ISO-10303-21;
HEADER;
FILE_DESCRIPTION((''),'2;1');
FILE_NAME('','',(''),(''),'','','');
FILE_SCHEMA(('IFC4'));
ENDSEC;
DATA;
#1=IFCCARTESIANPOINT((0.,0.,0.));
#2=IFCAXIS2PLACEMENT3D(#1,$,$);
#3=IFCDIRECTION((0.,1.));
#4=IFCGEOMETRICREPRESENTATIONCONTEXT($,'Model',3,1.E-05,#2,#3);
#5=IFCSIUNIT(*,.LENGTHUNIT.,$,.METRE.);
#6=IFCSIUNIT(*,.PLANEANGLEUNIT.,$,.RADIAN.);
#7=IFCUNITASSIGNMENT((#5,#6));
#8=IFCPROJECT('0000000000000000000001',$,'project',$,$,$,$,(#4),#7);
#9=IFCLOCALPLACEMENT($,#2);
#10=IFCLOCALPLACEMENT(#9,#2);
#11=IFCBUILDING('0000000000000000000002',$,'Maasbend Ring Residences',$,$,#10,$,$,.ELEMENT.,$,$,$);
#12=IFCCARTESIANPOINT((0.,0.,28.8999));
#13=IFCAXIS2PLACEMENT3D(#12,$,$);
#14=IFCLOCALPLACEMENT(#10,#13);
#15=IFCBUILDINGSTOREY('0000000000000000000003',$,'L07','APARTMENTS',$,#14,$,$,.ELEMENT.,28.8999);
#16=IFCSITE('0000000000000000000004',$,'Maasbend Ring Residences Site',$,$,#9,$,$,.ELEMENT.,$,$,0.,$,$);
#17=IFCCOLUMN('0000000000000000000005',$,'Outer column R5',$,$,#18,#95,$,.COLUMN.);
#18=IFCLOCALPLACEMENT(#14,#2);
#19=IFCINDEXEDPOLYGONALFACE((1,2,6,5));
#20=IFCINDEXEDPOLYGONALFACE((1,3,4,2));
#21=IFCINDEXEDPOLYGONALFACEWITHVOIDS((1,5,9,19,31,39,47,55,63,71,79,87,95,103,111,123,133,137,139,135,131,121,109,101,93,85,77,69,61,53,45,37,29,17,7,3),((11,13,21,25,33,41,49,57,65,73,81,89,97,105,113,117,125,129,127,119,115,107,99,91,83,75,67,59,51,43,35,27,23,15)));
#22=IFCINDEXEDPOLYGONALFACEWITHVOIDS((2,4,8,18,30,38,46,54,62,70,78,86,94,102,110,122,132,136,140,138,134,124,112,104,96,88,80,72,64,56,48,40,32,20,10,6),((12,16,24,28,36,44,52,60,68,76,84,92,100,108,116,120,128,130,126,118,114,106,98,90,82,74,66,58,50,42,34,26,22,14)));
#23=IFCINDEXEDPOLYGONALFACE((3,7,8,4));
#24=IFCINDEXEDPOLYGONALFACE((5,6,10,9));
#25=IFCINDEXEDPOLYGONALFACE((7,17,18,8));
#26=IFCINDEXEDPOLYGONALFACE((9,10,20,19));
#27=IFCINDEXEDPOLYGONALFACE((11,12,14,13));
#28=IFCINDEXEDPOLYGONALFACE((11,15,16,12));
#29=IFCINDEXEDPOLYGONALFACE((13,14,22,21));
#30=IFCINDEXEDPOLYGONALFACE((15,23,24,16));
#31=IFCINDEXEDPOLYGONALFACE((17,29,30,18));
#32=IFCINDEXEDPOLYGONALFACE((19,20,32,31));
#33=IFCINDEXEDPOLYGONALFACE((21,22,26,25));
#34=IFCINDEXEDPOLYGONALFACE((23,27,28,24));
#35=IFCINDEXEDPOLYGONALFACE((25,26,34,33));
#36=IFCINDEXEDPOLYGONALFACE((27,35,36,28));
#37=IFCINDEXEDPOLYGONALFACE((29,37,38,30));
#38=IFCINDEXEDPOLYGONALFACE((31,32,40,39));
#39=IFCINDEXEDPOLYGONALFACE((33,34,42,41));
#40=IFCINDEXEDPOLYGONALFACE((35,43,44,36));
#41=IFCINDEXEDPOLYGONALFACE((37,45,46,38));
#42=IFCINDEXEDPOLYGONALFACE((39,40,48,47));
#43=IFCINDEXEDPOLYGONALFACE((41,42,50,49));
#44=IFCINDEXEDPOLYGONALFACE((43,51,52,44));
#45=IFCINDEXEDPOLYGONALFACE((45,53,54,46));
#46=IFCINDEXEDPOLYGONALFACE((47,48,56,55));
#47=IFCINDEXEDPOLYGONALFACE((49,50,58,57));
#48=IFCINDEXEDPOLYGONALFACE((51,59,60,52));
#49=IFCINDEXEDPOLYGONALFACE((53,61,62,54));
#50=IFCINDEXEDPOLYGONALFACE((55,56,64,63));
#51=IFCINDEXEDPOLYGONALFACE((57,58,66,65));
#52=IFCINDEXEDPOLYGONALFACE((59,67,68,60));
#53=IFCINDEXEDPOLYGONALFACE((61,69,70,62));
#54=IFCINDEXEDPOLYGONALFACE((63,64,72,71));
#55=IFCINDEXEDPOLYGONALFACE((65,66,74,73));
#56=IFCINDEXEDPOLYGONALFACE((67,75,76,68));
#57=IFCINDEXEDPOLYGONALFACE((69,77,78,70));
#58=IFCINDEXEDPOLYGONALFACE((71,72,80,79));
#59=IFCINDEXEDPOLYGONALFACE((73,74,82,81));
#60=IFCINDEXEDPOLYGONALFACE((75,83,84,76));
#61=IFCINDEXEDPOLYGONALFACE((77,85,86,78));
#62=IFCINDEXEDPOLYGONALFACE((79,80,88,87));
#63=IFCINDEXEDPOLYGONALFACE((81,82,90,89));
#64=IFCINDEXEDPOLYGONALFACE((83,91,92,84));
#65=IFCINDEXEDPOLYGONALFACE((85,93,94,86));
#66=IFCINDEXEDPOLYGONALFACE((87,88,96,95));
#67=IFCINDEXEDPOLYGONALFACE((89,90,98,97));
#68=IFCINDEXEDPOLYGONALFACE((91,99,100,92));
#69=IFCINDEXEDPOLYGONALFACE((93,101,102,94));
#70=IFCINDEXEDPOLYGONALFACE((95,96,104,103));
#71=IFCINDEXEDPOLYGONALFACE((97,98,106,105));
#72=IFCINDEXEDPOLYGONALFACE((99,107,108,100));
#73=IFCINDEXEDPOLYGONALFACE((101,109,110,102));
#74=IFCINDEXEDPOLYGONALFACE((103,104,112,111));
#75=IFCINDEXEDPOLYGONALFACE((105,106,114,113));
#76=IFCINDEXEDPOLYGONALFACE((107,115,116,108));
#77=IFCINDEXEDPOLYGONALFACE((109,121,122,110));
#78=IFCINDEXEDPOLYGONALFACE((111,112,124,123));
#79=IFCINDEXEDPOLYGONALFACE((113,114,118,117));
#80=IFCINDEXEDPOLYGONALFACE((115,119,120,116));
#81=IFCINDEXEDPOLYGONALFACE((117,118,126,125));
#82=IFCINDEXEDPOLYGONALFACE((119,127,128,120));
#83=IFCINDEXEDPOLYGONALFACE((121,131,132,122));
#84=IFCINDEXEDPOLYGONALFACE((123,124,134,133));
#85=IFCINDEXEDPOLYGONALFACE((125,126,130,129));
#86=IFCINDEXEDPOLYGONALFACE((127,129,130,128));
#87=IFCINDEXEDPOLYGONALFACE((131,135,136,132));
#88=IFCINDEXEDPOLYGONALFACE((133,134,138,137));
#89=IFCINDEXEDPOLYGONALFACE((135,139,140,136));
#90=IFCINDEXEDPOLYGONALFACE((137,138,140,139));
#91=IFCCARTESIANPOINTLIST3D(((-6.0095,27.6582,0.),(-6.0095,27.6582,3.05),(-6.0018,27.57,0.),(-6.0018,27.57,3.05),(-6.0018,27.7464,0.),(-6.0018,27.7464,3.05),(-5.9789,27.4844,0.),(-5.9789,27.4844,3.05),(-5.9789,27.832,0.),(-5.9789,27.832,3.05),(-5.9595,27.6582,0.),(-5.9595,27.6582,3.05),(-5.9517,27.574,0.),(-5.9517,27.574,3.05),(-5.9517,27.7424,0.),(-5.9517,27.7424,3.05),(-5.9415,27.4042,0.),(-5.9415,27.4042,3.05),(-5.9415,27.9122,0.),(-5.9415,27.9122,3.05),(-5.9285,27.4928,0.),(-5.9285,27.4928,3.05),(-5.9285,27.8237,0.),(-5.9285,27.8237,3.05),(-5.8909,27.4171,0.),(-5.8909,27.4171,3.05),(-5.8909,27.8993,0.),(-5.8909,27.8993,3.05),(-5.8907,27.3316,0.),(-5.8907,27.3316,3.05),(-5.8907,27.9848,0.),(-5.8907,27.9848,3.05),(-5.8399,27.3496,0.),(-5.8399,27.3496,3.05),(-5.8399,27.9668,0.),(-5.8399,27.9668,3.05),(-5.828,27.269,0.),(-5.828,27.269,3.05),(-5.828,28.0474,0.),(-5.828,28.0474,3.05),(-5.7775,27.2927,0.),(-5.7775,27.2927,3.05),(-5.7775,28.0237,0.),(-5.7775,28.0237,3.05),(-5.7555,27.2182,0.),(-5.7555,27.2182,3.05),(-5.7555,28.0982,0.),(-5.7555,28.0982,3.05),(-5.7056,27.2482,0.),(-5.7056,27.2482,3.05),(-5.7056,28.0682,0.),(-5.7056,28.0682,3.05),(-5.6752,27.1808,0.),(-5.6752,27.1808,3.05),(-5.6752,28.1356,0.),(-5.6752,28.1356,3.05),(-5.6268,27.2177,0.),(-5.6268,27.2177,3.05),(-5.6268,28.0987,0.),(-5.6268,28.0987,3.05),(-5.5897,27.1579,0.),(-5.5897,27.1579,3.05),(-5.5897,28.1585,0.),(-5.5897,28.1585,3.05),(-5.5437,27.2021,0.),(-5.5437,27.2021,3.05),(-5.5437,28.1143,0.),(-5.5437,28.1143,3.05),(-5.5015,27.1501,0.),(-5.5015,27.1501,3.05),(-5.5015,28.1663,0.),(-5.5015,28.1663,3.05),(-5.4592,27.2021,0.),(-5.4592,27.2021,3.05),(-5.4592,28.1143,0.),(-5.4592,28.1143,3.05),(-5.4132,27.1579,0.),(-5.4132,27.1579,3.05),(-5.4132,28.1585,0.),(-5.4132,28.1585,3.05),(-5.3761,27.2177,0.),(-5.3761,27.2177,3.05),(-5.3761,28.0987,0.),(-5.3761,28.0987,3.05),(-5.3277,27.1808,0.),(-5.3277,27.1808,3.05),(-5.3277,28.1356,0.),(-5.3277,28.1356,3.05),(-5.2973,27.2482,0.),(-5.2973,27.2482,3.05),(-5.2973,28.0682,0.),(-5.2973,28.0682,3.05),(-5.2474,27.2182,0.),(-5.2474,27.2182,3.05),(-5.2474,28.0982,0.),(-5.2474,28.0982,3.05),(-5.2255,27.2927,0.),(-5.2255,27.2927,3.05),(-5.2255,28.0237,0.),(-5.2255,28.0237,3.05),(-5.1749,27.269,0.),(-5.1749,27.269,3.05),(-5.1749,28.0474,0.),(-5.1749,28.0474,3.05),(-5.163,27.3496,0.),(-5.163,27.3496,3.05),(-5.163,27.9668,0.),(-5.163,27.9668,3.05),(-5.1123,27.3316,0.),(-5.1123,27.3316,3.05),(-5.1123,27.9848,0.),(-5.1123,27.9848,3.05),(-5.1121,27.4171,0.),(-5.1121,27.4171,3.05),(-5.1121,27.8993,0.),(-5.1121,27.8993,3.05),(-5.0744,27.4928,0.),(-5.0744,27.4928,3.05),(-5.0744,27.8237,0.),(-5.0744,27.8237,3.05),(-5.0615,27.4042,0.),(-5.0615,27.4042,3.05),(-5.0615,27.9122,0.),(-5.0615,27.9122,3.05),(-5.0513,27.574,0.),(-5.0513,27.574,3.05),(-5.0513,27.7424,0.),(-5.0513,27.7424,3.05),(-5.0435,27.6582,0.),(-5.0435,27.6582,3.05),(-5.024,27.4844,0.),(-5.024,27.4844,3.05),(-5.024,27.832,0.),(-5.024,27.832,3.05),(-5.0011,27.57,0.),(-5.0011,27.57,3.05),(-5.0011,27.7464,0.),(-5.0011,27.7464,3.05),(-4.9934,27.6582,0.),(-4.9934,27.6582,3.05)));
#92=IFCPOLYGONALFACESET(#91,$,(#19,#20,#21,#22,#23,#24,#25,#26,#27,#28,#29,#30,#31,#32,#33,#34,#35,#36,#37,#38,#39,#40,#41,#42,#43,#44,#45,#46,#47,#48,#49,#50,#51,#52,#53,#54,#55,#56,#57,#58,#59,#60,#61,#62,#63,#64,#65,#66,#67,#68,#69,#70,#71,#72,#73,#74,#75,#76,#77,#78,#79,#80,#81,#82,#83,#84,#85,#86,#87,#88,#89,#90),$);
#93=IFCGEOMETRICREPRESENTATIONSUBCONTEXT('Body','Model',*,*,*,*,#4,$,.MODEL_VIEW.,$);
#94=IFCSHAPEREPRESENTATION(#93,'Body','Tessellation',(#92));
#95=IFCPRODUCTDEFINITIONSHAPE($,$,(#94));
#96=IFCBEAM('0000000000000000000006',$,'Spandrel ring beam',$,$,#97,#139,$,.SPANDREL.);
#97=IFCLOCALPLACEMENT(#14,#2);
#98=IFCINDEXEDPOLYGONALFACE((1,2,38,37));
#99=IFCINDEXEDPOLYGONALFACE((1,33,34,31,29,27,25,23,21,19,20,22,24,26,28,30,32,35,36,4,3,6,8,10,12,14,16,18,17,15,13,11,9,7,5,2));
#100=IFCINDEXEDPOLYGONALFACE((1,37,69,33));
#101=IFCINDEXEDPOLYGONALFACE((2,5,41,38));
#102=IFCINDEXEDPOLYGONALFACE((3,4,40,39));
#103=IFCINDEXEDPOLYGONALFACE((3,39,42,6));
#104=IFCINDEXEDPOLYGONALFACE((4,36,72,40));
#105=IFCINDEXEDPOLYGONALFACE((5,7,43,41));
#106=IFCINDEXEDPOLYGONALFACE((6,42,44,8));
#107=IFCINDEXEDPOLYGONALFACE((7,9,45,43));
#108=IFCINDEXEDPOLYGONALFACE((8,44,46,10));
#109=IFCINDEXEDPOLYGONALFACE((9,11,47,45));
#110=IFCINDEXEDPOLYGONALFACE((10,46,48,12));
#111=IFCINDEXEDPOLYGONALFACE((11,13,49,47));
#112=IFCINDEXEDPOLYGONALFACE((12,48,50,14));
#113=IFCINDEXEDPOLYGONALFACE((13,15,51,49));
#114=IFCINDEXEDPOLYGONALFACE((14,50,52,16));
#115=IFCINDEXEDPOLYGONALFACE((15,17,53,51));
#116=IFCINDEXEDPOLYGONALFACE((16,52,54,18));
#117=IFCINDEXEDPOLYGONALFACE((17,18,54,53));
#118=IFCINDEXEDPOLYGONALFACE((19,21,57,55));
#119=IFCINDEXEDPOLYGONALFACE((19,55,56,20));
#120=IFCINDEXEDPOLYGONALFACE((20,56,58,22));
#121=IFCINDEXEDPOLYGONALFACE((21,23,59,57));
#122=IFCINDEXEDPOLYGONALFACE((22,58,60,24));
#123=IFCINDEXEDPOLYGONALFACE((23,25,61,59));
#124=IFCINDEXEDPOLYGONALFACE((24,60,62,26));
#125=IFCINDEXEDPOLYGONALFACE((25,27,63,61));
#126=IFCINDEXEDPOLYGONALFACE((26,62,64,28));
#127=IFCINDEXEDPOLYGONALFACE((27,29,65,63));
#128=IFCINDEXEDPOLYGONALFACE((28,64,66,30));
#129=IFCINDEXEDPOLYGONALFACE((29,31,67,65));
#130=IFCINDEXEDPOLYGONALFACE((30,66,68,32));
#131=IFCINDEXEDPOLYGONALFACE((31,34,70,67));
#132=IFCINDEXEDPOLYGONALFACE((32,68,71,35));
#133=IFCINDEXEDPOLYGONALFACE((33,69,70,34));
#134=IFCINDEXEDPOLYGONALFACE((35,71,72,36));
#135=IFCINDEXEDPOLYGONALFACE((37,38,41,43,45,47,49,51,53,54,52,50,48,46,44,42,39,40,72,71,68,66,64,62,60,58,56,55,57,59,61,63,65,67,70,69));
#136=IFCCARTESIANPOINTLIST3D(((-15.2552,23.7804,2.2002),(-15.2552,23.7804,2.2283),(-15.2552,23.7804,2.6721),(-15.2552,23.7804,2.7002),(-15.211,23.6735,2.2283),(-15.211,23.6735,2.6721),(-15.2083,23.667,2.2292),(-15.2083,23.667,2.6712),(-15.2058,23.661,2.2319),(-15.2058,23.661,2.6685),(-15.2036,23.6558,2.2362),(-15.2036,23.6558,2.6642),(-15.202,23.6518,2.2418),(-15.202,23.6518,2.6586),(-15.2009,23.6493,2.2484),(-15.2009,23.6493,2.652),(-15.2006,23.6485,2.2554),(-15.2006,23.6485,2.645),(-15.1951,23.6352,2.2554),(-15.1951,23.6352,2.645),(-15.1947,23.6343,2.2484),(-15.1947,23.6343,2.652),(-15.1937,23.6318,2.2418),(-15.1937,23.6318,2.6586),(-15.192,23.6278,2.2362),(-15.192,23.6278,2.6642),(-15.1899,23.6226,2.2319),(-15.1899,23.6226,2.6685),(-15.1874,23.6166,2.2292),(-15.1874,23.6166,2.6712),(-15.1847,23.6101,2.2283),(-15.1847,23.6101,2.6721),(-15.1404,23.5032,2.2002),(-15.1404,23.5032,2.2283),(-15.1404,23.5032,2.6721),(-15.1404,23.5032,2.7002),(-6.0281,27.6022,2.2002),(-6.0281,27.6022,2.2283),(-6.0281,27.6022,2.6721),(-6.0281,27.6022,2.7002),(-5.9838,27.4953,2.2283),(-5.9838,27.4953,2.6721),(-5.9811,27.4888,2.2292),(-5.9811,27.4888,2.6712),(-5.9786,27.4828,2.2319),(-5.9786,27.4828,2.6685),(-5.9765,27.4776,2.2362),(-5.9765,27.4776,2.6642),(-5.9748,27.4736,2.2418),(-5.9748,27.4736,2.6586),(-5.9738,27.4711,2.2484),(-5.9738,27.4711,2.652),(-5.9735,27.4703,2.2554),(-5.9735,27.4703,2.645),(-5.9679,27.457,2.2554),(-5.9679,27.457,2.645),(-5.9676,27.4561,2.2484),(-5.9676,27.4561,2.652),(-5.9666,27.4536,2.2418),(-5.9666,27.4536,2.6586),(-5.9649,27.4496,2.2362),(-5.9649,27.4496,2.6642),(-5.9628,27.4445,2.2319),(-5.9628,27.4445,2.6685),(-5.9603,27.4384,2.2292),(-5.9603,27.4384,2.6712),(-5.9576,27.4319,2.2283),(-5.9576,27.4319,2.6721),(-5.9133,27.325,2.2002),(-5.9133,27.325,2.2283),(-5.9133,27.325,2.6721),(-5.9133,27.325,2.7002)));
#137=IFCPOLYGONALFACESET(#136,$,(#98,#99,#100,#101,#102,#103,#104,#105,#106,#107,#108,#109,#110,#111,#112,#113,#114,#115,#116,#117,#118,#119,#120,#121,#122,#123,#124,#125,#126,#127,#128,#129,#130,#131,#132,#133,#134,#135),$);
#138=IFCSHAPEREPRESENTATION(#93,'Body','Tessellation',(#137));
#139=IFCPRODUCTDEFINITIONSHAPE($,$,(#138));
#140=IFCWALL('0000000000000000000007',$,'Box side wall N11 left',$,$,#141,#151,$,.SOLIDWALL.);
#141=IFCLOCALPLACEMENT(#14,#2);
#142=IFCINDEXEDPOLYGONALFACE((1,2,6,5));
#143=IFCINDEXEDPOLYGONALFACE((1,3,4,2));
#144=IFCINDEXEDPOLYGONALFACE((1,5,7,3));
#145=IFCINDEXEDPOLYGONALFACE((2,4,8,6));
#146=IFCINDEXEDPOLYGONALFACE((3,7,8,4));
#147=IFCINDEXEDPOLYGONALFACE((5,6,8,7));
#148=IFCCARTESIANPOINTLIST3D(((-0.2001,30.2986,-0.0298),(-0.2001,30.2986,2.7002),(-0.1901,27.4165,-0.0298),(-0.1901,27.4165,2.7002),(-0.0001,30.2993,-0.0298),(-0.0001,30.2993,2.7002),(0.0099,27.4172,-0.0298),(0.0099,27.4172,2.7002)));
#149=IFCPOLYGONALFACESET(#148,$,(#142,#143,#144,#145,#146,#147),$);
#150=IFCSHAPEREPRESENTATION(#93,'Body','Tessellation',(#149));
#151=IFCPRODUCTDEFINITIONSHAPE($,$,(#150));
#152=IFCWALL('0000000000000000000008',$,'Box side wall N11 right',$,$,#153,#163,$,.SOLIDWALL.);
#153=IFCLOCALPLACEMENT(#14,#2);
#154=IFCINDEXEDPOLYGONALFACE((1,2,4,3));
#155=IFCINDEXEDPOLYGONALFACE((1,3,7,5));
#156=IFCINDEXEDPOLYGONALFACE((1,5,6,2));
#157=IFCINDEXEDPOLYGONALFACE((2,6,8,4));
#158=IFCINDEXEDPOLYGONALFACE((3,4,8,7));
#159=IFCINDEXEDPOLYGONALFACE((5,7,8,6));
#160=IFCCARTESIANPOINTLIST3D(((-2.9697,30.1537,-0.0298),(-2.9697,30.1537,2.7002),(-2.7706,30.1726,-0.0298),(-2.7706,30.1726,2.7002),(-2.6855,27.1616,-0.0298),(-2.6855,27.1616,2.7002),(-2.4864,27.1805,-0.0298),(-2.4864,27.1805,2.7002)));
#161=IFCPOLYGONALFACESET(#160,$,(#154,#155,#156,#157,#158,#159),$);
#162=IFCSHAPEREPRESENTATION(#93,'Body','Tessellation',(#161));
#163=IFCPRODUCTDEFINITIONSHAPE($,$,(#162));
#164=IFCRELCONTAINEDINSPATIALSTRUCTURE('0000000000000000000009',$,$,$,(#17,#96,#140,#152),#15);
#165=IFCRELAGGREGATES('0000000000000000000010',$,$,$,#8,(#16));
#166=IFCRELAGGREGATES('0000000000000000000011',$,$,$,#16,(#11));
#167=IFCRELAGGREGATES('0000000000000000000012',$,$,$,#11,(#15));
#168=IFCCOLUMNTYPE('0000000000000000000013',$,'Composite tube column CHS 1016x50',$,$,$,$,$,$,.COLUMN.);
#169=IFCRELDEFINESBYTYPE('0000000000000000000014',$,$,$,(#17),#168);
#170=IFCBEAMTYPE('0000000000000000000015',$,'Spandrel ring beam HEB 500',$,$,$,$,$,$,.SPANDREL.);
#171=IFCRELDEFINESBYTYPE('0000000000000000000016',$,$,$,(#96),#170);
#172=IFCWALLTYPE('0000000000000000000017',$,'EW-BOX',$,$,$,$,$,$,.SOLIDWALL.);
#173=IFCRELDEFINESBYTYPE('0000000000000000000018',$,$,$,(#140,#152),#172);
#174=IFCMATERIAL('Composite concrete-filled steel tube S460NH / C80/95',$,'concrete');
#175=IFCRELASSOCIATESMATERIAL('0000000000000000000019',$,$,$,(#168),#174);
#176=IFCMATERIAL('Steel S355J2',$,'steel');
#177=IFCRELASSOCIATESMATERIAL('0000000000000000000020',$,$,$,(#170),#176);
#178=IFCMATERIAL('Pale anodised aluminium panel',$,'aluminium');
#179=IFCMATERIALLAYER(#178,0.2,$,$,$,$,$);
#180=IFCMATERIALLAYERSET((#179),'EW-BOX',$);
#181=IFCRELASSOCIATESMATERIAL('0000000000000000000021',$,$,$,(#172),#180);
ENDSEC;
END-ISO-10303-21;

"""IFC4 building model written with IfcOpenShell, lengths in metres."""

from ifc_helpers import new_model, si_unit, direction, frame, frame_2d, origin, origin_2d, place, context, subcontext, project, spatial, rectangle, hollow_circle, i_section, extrude, material, layer, layer_set, material_profile, profile_set, type_object, element, save


model = new_model("IFC4")

# Units and contexts
model_context = context("Model", 3, precision=1e-05, world=origin(), true_north=direction((0.0, 1.0)))
body_context = subcontext(model_context, "Body", "Model", "MODEL_VIEW")
ifc_project = project(units=[si_unit("LENGTHUNIT", "METRE"), si_unit("PLANEANGLEUNIT", "RADIAN")], contexts=[model_context])

# Site, building, storey
site_placement = place(None, origin())
site = spatial("IfcSite", under=ifc_project, at=site_placement, Name="Maasbend Ring Residences Site", CompositionType="ELEMENT", RefElevation=0.0)
building_placement = place(site_placement, origin())
building = spatial("IfcBuilding", under=site, at=building_placement, Name="Maasbend Ring Residences", CompositionType="ELEMENT")
storey_placement = place(building_placement, frame((0.0, 0.0, 28.8999)))
storey = spatial("IfcBuildingStorey", under=building, at=storey_placement, Name="L07", Description="APARTMENTS", CompositionType="ELEMENT", Elevation=28.8999)

# Column
ifc_material_1 = material(Name="Composite concrete-filled steel tube S460NH / C80/95", Category="concrete")
ifc_material_profile_1 = material_profile(ifc_material_1, hollow_circle(Radius=0.5081, WallThickness=0.05, at=origin_2d()), Name="Composite tube column CHS 1016x50")
ifc_profile_set_1 = profile_set([ifc_material_profile_1], Name="Composite concrete-filled steel tube S460NH / C80/95")
column_type = type_object("IfcColumnType", Name="Composite tube column CHS 1016x50", PredefinedType="COLUMN", material=ifc_profile_set_1)
column_placement = place(storey_placement, frame((-5.5015, 27.6582, 0.0), z_axis=(0.0, 0.0, 1.0), x_axis=(1.0, 0.0, 0.0)))
element("IfcColumn", 1, at=column_placement, inside=storey, type_object=column_type, Name="Outer column R5", PredefinedType="COLUMN", context=body_context, shape_type="SweptSolid", body=[
    extrude(hollow_circle(Radius=0.5081, WallThickness=0.05, at=origin_2d()), origin(), (0.0, 0.0, 1.0), 3.05),
])

# Beam
ifc_material_2 = material(Name="Steel S355J2", Category="steel")
ifc_material_profile_2 = material_profile(ifc_material_2, i_section(OverallWidth=0.3, OverallDepth=0.5, WebThickness=0.0144, FlangeThickness=0.0281, FilletRadius=0.0271, at=origin_2d()), Name="HEB 500")
ifc_profile_set_2 = profile_set([ifc_material_profile_2], Name="Steel S355J2")
beam_type = type_object("IfcBeamType", Name="Spandrel ring beam HEB 500", PredefinedType="SPANDREL", material=ifc_profile_set_2)
beam_placement = place(storey_placement, frame((-5.9707, 27.4636, 2.4502), z_axis=(-0.923886, -0.382667, 0.0), x_axis=(0.382667, -0.923886, 0.0)))
element("IfcBeam", 2, at=beam_placement, inside=storey, type_object=beam_type, Name="Spandrel ring beam", PredefinedType="SPANDREL", context=body_context, shape_type="SweptSolid", body=[
    extrude(i_section(OverallWidth=0.3, OverallDepth=0.5, WebThickness=0.0144, FlangeThickness=0.0281, FilletRadius=0.0271, at=origin_2d()), origin(), (0.0, 0.0, 1.0), 9.9873),
])

# Walls
ifc_material_3 = material(Name="Pale anodised aluminium panel", Category="aluminium")
ifc_layer_1 = layer(ifc_material_3, 0.2)
ifc_layer_set_1 = layer_set([ifc_layer_1], Name="EW-BOX")
wall_type_1 = type_object("IfcWallType", Name="EW-BOX", PredefinedType="SOLIDWALL", material=ifc_layer_set_1)
wall_1_placement = place(storey_placement, frame((-0.0901, 27.417, -0.0298), z_axis=(0.0, 0.0, 1.0), x_axis=(-0.003473, 0.999994, 0.0)))
element("IfcWall", 3, at=wall_1_placement, inside=storey, type_object=wall_type_1, Name="Box side wall N11 left", PredefinedType="SOLIDWALL", context=body_context, shape_type="SweptSolid", body=[
    extrude(rectangle(XDim=2.8821, YDim=0.2, at=frame_2d((1.4409, 0.0))), origin(), (0.0, 0.0, 1.0), 2.73),
])
wall_2_placement = place(storey_placement, frame((-2.5859, 27.1709, -0.0298), z_axis=(0.0, 0.0, 1.0), x_axis=(-0.094548, 0.99552, 0.0)))
element("IfcWall", 4, at=wall_2_placement, inside=storey, type_object=wall_type_1, Name="Box side wall N11 right", PredefinedType="SOLIDWALL", context=body_context, shape_type="SweptSolid", body=[
    extrude(rectangle(XDim=3.0056, YDim=0.2, at=frame_2d((1.5029, 0.0))), origin(), (0.0, 0.0, 1.0), 2.73),
])

save(model, "model.ifc")
